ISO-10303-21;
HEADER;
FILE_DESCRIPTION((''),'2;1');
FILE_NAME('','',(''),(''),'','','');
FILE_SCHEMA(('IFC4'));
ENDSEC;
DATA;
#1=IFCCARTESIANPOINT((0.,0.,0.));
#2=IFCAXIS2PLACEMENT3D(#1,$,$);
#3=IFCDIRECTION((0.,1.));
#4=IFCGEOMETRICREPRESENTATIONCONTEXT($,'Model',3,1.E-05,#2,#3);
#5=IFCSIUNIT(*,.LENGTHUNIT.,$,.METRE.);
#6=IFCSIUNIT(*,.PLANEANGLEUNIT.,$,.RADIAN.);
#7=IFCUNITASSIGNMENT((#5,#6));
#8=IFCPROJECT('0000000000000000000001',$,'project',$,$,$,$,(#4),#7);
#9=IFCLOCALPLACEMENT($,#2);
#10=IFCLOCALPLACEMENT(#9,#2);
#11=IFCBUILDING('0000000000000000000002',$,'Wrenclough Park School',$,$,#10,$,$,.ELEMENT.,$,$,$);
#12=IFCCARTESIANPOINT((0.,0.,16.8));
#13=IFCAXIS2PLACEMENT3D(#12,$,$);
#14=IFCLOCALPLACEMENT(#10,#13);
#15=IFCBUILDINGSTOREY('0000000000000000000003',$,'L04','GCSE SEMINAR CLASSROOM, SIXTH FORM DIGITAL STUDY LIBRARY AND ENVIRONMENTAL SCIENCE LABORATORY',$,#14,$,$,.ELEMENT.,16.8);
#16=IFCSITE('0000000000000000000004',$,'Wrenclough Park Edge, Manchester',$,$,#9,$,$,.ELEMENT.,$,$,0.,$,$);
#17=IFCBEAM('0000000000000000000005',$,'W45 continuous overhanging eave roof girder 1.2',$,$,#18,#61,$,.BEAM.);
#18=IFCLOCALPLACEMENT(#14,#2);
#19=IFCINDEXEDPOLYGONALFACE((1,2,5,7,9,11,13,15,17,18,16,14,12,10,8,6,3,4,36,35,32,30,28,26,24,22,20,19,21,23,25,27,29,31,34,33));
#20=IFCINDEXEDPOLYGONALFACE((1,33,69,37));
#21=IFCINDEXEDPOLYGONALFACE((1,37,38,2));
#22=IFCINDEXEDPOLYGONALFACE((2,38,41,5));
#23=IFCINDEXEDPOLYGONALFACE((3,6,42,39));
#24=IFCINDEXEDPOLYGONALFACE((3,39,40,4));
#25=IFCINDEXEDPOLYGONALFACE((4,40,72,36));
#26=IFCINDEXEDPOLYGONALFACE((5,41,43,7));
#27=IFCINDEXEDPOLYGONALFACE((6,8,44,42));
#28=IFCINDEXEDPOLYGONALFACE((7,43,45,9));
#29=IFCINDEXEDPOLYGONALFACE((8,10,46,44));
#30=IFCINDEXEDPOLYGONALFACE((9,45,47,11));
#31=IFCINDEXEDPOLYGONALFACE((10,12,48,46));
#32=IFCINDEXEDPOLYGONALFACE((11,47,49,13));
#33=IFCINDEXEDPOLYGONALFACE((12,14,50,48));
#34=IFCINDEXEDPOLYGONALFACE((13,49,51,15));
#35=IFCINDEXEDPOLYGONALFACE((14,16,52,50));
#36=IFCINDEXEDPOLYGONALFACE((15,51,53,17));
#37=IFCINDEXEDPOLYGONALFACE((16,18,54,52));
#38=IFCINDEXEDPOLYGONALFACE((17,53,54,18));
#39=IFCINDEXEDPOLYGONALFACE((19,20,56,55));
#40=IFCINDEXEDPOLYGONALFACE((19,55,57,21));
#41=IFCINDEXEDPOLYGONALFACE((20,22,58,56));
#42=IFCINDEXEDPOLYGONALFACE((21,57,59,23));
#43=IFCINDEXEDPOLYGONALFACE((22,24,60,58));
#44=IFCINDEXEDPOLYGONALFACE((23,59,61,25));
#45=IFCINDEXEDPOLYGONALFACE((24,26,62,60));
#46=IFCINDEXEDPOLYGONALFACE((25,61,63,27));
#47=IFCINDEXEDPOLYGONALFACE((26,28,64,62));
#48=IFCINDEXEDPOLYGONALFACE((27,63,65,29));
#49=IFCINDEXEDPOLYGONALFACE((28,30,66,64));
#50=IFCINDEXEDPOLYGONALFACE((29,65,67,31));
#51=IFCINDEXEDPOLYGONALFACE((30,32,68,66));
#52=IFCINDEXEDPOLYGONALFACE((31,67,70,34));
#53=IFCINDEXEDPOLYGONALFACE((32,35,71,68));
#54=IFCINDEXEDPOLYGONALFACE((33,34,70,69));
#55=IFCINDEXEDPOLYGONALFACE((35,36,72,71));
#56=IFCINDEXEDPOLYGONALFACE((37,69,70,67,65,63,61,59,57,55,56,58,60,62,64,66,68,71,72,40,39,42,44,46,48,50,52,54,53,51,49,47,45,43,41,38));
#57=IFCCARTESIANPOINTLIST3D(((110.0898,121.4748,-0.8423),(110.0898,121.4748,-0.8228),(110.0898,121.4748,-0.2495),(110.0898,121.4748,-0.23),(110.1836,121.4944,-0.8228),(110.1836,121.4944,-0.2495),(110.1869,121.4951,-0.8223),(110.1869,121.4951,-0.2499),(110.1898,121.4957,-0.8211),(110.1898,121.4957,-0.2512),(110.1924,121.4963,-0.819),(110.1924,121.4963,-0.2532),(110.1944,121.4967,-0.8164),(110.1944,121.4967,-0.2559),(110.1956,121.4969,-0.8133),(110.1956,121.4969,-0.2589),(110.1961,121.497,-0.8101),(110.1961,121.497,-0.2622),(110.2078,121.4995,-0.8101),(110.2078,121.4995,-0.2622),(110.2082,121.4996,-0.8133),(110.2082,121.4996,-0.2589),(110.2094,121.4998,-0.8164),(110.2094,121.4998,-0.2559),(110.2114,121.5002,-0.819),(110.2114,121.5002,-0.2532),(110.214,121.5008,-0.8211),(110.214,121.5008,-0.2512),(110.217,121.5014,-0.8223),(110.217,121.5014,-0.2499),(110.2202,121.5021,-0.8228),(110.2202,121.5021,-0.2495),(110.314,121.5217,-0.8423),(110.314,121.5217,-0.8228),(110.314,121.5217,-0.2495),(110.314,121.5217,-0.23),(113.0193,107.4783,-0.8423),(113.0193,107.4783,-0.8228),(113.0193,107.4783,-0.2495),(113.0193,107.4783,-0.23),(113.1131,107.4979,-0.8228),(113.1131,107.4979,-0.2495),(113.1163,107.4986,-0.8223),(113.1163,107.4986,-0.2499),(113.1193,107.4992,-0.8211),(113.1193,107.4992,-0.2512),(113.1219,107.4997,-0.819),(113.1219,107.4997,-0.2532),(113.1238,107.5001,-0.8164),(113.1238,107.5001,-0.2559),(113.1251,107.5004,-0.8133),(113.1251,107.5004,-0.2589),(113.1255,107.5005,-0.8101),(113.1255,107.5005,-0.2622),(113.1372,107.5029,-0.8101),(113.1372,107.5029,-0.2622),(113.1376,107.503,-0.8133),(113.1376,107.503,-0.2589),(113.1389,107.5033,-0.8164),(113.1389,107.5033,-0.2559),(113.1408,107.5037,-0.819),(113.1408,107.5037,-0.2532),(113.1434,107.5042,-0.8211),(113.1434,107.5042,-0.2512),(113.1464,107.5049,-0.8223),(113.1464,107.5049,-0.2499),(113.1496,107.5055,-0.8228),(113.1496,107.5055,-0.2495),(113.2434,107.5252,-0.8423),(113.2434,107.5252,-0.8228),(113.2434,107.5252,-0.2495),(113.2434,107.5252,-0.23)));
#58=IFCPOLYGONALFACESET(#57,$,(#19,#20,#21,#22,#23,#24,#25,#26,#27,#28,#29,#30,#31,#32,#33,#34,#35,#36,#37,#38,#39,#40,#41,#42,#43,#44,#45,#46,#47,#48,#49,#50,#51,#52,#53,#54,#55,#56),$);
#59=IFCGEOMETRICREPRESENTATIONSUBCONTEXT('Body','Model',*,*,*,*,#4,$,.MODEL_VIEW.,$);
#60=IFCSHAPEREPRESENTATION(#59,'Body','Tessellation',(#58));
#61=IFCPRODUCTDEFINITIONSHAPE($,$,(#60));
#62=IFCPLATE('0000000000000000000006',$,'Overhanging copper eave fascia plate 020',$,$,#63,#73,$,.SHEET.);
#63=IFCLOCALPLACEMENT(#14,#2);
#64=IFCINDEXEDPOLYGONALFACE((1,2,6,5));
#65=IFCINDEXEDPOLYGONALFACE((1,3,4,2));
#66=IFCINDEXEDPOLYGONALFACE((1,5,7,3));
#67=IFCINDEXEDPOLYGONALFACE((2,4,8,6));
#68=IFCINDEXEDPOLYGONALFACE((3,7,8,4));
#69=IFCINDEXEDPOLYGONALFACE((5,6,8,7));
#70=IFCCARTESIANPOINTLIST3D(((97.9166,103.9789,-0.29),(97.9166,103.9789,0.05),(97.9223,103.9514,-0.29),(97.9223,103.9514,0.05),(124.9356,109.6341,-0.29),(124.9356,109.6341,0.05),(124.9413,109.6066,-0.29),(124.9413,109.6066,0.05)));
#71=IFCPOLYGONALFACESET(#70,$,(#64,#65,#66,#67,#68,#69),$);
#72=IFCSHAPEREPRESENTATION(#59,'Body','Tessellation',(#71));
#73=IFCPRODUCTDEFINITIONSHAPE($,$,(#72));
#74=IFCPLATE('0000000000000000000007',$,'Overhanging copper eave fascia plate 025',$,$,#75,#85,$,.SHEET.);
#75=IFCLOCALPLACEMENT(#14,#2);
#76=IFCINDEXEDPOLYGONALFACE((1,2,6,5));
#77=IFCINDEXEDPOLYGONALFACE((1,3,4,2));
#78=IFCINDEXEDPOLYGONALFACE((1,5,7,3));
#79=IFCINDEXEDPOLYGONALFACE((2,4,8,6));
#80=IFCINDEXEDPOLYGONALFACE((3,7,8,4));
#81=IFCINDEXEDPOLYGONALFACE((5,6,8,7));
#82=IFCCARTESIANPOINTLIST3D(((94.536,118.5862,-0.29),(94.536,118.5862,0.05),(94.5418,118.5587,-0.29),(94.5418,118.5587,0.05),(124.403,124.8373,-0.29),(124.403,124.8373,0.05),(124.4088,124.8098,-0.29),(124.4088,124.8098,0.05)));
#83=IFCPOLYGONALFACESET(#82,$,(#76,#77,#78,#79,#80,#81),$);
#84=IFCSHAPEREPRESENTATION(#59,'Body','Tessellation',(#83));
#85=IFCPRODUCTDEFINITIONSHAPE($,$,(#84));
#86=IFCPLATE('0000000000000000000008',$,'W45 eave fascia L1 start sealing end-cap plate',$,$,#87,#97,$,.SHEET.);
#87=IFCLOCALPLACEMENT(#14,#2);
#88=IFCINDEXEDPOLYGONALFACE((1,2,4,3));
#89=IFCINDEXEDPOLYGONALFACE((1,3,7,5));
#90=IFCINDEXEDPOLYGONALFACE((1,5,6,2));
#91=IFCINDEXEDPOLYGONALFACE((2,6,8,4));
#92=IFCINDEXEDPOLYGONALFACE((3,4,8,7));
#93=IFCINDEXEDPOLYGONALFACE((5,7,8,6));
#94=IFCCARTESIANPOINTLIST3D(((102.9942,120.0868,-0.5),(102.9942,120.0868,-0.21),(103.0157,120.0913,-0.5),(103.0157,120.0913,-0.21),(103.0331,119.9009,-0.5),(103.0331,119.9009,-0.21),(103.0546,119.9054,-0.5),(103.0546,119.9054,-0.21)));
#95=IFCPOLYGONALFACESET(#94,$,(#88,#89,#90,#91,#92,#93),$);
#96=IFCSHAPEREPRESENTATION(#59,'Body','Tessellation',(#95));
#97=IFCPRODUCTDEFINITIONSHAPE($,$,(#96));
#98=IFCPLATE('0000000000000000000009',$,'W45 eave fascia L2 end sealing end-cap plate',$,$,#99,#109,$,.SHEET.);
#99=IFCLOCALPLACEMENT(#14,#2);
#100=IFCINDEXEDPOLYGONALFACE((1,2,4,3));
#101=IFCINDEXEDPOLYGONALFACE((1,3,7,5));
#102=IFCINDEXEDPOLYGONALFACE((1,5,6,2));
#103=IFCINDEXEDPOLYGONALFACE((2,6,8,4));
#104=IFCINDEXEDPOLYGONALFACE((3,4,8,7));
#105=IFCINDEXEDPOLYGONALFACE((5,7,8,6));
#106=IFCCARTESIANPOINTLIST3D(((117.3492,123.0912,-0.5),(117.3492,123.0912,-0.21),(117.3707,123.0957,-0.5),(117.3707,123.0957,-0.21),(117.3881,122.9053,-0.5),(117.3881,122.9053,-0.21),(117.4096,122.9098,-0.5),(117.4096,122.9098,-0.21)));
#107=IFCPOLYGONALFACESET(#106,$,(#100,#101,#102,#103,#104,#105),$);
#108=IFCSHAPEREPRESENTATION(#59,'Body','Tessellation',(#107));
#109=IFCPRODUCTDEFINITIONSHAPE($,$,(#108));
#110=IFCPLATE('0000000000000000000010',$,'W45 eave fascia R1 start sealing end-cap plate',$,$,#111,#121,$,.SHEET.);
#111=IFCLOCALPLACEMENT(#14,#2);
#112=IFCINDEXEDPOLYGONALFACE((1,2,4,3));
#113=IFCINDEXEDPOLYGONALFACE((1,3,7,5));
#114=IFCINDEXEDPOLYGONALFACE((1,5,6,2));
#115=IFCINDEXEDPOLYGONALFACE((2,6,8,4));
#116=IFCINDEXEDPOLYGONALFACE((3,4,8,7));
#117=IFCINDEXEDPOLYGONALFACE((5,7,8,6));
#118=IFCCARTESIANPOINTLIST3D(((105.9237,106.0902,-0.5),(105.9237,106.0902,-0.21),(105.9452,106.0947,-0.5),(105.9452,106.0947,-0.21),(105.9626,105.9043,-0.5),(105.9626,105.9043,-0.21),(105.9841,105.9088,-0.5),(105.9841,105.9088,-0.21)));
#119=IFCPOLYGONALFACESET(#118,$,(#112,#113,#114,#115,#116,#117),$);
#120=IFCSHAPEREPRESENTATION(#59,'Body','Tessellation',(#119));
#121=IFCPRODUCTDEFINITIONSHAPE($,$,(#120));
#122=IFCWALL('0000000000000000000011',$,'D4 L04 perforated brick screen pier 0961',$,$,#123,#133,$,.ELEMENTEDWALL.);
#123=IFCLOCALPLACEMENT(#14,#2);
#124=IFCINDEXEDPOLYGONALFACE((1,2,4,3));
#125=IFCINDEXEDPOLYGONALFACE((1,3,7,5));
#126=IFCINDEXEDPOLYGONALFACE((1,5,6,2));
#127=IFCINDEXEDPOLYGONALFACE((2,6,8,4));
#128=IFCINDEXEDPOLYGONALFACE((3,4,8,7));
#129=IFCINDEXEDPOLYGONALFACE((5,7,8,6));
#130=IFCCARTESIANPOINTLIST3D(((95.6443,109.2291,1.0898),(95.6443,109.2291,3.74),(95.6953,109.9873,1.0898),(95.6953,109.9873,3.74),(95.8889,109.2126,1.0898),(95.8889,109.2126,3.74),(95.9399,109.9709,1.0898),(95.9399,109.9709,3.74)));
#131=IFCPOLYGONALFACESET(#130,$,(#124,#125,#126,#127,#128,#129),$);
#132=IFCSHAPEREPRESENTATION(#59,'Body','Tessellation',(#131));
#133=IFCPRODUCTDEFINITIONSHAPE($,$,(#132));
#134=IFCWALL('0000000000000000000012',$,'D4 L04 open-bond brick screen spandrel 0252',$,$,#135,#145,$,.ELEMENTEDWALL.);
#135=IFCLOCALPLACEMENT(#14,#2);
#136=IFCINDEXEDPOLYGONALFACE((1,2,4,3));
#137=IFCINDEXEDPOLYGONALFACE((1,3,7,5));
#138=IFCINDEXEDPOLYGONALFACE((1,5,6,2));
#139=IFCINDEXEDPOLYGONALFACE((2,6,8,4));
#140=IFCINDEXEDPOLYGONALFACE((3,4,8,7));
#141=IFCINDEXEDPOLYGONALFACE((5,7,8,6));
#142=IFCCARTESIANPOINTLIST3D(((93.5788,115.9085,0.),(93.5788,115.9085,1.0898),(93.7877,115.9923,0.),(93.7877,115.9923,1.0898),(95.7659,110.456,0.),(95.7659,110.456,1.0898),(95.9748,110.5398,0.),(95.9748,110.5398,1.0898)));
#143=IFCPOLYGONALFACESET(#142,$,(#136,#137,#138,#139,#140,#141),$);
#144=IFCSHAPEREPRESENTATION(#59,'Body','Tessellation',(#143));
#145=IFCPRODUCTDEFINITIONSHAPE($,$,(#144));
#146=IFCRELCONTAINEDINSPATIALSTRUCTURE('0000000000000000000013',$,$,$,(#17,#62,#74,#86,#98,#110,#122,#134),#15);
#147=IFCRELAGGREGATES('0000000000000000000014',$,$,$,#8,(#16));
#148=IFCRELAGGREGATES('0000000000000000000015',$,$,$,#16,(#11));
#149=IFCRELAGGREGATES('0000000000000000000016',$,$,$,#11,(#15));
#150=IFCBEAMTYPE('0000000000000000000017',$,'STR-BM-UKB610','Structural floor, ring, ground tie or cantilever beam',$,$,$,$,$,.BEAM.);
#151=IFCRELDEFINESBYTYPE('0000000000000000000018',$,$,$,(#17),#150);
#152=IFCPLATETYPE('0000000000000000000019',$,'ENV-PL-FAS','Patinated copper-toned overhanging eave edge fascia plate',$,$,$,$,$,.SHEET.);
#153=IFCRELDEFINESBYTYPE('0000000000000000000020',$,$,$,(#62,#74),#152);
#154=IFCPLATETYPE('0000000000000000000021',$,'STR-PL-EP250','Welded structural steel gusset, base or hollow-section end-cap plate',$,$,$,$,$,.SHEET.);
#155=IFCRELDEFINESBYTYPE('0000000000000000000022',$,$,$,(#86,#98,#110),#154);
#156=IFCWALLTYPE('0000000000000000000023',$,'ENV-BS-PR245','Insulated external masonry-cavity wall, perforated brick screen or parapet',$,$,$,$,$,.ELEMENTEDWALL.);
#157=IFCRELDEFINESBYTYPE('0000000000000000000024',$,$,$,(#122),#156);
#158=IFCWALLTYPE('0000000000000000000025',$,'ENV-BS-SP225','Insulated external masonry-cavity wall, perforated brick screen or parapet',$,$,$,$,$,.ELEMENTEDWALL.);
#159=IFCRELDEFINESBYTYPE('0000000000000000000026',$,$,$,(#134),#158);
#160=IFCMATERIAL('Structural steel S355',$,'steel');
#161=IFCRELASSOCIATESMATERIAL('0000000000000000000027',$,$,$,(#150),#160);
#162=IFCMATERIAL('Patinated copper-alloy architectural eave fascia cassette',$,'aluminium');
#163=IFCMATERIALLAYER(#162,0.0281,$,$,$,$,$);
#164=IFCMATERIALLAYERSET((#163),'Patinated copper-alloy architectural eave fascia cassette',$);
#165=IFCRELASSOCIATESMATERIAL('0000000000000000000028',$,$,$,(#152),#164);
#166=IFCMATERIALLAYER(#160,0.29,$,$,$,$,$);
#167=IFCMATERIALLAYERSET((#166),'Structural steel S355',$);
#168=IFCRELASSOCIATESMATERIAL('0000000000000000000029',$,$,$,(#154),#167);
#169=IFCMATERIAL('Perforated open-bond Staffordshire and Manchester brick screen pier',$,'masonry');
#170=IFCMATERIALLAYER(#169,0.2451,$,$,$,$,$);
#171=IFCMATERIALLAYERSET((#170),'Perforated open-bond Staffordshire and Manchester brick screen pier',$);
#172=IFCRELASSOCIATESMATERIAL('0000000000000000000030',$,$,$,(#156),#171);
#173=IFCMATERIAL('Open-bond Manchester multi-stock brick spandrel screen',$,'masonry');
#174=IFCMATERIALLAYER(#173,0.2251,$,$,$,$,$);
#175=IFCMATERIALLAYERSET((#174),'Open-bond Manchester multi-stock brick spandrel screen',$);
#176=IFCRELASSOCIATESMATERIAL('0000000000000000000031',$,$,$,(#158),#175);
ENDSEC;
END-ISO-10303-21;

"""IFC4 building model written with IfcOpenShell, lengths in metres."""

from ifc_helpers import new_model, si_unit, direction, frame, frame_2d, origin, origin_2d, place, context, subcontext, project, spatial, rectangle, i_section, extrude, material, layer, layer_set, material_profile, profile_set, type_object, element, save


model = new_model("IFC4")

# Units and contexts
model_context = context("Model", 3, precision=1e-05, world=origin(), true_north=direction((0.0, 1.0)))
body_context = subcontext(model_context, "Body", "Model", "MODEL_VIEW")
ifc_project = project(units=[si_unit("LENGTHUNIT", "METRE"), si_unit("PLANEANGLEUNIT", "RADIAN")], contexts=[model_context])

# Site, building, storey
site_placement = place(None, origin())
site = spatial("IfcSite", under=ifc_project, at=site_placement, Name="Wrenclough Park Edge, Manchester", CompositionType="ELEMENT", RefElevation=0.0)
building_placement = place(site_placement, origin())
building = spatial("IfcBuilding", under=site, at=building_placement, Name="Wrenclough Park School", CompositionType="ELEMENT")
storey_placement = place(building_placement, frame((0.0, 0.0, 16.8)))
storey = spatial("IfcBuildingStorey", under=building, at=storey_placement, Name="L04", Description="GCSE SEMINAR CLASSROOM, SIXTH FORM DIGITAL STUDY LIBRARY AND ENVIRONMENTAL SCIENCE LABORATORY", CompositionType="ELEMENT", Elevation=16.8)

# Shared definitions
ifc_material_1 = material(Name="Structural steel S355", Category="steel")

# Beam
ifc_material_profile_1 = material_profile(ifc_material_1, i_section(OverallWidth=0.229, OverallDepth=0.6123, WebThickness=0.012, FlangeThickness=0.0195, FilletRadius=0.0127, at=origin_2d()), Name="UKB 610x229x125")
ifc_profile_set_1 = profile_set([ifc_material_profile_1], Name="Structural steel S355")
beam_type_1 = type_object("IfcBeamType", Name="STR-BM-UKB610", Description="Structural floor, ring, ground tie or cantilever beam", PredefinedType="BEAM", material=ifc_profile_set_1)
beam_1_placement = place(storey_placement, frame((113.1313, 107.5017, -0.5361), z_axis=(-0.204858, 0.978792, 0.0), x_axis=(-0.978792, -0.204858, 0.0)))
element("IfcBeam", 1, at=beam_1_placement, inside=storey, type_object=beam_type_1, Name="W45 continuous overhanging eave roof girder 1.2", PredefinedType="BEAM", context=body_context, shape_type="SweptSolid", body=[
    extrude(i_section(OverallWidth=0.229, OverallDepth=0.6123, WebThickness=0.012, FlangeThickness=0.0195, FilletRadius=0.0127, at=origin_2d()), origin(), (0.0, 0.0, 1.0), 14.2998),
])

# Plates
ifc_material_2 = material(Name="Patinated copper-alloy architectural eave fascia cassette", Category="aluminium")
ifc_layer_1 = layer(ifc_material_2, 0.0281)
ifc_layer_set_1 = layer_set([ifc_layer_1], Name="Patinated copper-alloy architectural eave fascia cassette")
plate_type_1 = type_object("IfcPlateType", Name="ENV-PL-FAS", Description="Patinated copper-toned overhanging eave edge fascia plate", PredefinedType="SHEET", material=ifc_layer_set_1)
plate_1_placement = place(storey_placement, frame((111.429, 106.7927, -0.29), z_axis=(0.0, 0.0, 1.0), x_axis=(0.97879, 0.204865, 0.0)))
element("IfcPlate", 2, at=plate_1_placement, inside=storey, type_object=plate_type_1, Name="Overhanging copper eave fascia plate 020", PredefinedType="SHEET", context=body_context, shape_type="SweptSolid", body=[
    extrude(rectangle(XDim=27.6045, YDim=0.0281, at=origin_2d()), origin(), (0.0, 0.0, 1.0), 0.3401),
])
plate_2_placement = place(storey_placement, frame((109.4724, 121.698, -0.29), z_axis=(0.0, 0.0, 1.0), x_axis=(-0.978791, -0.204861, 0.0)))
element("IfcPlate", 3, at=plate_2_placement, inside=storey, type_object=plate_type_1, Name="Overhanging copper eave fascia plate 025", PredefinedType="SHEET", context=body_context, shape_type="SweptSolid", body=[
    extrude(rectangle(XDim=30.5142, YDim=0.0281, at=origin_2d()), origin(), (0.0, 0.0, 1.0), 0.3401),
])
ifc_layer_2 = layer(ifc_material_1, 0.29)
ifc_layer_set_2 = layer_set([ifc_layer_2], Name="Structural steel S355")
plate_type_2 = type_object("IfcPlateType", Name="STR-PL-EP250", Description="Welded structural steel gusset, base or hollow-section end-cap plate", PredefinedType="SHEET", material=ifc_layer_set_2)
for number, where, z_axis, x_axis, name in (
    (4, (103.0244, 119.9961, -0.5), (0.0, 0.0, 1.0), (0.978796, 0.204838, 0.0), "W45 eave fascia L1 start sealing end-cap plate"),
    (5, (117.3794, 123.0005, -0.5), (0.0, 0.0, 1.0), (0.978796, 0.204838, 0.0), "W45 eave fascia L2 end sealing end-cap plate"),
    (6, (105.9539, 105.9995, -0.5), (0.0, 0.0, 1.0), (0.978796, 0.204838, 0.0), "W45 eave fascia R1 start sealing end-cap plate"),
):
    element("IfcPlate", number, at=place(storey_placement, frame(where, z_axis=z_axis, x_axis=x_axis)), inside=storey, type_object=plate_type_2, Name=name, PredefinedType="SHEET", context=body_context, shape_type="SweptSolid", body=[
        extrude(rectangle(XDim=0.022, YDim=0.1899, at=origin_2d()), origin(), (0.0, 0.0, 1.0), 0.29),
    ])

# Walls
ifc_material_3 = material(Name="Perforated open-bond Staffordshire and Manchester brick screen pier", Category="masonry")
ifc_layer_3 = layer(ifc_material_3, 0.2451)
ifc_layer_set_3 = layer_set([ifc_layer_3], Name="Perforated open-bond Staffordshire and Manchester brick screen pier")
wall_type_1 = type_object("IfcWallType", Name="ENV-BS-PR245", Description="Insulated external masonry-cavity wall, perforated brick screen or parapet", PredefinedType="ELEMENTEDWALL", material=ifc_layer_set_3)
wall_1_placement = place(storey_placement, frame((95.7666, 109.2209, 1.0898), z_axis=(0.0, 0.0, 1.0), x_axis=(0.067137, 0.997744, 0.0)))
element("IfcWall", 7, at=wall_1_placement, inside=storey, type_object=wall_type_1, Name="D4 L04 perforated brick screen pier 0961", PredefinedType="ELEMENTEDWALL", context=body_context, shape_type="SweptSolid", body=[
    extrude(rectangle(XDim=0.76, YDim=0.2451, at=frame_2d((0.3799, 0.0))), origin(), (0.0, 0.0, 1.0), 2.6501),
])
ifc_material_4 = material(Name="Open-bond Manchester multi-stock brick spandrel screen", Category="masonry")
ifc_layer_4 = layer(ifc_material_4, 0.2251)
ifc_layer_set_4 = layer_set([ifc_layer_4], Name="Open-bond Manchester multi-stock brick spandrel screen")
wall_type_2 = type_object("IfcWallType", Name="ENV-BS-SP225", Description="Insulated external masonry-cavity wall, perforated brick screen or parapet", PredefinedType="ELEMENTEDWALL", material=ifc_layer_set_4)
wall_2_placement = place(storey_placement, frame((95.8704, 110.4978, 0.0), z_axis=(0.0, 0.0, 1.0), x_axis=(-0.372279, 0.928121, 0.0)))
element("IfcWall", 8, at=wall_2_placement, inside=storey, type_object=wall_type_2, Name="D4 L04 open-bond brick screen spandrel 0252", PredefinedType="ELEMENTEDWALL", context=body_context, shape_type="SweptSolid", body=[
    extrude(rectangle(XDim=5.8748, YDim=0.2251, at=frame_2d((2.9375, 0.0))), origin(), (0.0, 0.0, 1.0), 1.0898),
])

save(model, "model.ifc")
